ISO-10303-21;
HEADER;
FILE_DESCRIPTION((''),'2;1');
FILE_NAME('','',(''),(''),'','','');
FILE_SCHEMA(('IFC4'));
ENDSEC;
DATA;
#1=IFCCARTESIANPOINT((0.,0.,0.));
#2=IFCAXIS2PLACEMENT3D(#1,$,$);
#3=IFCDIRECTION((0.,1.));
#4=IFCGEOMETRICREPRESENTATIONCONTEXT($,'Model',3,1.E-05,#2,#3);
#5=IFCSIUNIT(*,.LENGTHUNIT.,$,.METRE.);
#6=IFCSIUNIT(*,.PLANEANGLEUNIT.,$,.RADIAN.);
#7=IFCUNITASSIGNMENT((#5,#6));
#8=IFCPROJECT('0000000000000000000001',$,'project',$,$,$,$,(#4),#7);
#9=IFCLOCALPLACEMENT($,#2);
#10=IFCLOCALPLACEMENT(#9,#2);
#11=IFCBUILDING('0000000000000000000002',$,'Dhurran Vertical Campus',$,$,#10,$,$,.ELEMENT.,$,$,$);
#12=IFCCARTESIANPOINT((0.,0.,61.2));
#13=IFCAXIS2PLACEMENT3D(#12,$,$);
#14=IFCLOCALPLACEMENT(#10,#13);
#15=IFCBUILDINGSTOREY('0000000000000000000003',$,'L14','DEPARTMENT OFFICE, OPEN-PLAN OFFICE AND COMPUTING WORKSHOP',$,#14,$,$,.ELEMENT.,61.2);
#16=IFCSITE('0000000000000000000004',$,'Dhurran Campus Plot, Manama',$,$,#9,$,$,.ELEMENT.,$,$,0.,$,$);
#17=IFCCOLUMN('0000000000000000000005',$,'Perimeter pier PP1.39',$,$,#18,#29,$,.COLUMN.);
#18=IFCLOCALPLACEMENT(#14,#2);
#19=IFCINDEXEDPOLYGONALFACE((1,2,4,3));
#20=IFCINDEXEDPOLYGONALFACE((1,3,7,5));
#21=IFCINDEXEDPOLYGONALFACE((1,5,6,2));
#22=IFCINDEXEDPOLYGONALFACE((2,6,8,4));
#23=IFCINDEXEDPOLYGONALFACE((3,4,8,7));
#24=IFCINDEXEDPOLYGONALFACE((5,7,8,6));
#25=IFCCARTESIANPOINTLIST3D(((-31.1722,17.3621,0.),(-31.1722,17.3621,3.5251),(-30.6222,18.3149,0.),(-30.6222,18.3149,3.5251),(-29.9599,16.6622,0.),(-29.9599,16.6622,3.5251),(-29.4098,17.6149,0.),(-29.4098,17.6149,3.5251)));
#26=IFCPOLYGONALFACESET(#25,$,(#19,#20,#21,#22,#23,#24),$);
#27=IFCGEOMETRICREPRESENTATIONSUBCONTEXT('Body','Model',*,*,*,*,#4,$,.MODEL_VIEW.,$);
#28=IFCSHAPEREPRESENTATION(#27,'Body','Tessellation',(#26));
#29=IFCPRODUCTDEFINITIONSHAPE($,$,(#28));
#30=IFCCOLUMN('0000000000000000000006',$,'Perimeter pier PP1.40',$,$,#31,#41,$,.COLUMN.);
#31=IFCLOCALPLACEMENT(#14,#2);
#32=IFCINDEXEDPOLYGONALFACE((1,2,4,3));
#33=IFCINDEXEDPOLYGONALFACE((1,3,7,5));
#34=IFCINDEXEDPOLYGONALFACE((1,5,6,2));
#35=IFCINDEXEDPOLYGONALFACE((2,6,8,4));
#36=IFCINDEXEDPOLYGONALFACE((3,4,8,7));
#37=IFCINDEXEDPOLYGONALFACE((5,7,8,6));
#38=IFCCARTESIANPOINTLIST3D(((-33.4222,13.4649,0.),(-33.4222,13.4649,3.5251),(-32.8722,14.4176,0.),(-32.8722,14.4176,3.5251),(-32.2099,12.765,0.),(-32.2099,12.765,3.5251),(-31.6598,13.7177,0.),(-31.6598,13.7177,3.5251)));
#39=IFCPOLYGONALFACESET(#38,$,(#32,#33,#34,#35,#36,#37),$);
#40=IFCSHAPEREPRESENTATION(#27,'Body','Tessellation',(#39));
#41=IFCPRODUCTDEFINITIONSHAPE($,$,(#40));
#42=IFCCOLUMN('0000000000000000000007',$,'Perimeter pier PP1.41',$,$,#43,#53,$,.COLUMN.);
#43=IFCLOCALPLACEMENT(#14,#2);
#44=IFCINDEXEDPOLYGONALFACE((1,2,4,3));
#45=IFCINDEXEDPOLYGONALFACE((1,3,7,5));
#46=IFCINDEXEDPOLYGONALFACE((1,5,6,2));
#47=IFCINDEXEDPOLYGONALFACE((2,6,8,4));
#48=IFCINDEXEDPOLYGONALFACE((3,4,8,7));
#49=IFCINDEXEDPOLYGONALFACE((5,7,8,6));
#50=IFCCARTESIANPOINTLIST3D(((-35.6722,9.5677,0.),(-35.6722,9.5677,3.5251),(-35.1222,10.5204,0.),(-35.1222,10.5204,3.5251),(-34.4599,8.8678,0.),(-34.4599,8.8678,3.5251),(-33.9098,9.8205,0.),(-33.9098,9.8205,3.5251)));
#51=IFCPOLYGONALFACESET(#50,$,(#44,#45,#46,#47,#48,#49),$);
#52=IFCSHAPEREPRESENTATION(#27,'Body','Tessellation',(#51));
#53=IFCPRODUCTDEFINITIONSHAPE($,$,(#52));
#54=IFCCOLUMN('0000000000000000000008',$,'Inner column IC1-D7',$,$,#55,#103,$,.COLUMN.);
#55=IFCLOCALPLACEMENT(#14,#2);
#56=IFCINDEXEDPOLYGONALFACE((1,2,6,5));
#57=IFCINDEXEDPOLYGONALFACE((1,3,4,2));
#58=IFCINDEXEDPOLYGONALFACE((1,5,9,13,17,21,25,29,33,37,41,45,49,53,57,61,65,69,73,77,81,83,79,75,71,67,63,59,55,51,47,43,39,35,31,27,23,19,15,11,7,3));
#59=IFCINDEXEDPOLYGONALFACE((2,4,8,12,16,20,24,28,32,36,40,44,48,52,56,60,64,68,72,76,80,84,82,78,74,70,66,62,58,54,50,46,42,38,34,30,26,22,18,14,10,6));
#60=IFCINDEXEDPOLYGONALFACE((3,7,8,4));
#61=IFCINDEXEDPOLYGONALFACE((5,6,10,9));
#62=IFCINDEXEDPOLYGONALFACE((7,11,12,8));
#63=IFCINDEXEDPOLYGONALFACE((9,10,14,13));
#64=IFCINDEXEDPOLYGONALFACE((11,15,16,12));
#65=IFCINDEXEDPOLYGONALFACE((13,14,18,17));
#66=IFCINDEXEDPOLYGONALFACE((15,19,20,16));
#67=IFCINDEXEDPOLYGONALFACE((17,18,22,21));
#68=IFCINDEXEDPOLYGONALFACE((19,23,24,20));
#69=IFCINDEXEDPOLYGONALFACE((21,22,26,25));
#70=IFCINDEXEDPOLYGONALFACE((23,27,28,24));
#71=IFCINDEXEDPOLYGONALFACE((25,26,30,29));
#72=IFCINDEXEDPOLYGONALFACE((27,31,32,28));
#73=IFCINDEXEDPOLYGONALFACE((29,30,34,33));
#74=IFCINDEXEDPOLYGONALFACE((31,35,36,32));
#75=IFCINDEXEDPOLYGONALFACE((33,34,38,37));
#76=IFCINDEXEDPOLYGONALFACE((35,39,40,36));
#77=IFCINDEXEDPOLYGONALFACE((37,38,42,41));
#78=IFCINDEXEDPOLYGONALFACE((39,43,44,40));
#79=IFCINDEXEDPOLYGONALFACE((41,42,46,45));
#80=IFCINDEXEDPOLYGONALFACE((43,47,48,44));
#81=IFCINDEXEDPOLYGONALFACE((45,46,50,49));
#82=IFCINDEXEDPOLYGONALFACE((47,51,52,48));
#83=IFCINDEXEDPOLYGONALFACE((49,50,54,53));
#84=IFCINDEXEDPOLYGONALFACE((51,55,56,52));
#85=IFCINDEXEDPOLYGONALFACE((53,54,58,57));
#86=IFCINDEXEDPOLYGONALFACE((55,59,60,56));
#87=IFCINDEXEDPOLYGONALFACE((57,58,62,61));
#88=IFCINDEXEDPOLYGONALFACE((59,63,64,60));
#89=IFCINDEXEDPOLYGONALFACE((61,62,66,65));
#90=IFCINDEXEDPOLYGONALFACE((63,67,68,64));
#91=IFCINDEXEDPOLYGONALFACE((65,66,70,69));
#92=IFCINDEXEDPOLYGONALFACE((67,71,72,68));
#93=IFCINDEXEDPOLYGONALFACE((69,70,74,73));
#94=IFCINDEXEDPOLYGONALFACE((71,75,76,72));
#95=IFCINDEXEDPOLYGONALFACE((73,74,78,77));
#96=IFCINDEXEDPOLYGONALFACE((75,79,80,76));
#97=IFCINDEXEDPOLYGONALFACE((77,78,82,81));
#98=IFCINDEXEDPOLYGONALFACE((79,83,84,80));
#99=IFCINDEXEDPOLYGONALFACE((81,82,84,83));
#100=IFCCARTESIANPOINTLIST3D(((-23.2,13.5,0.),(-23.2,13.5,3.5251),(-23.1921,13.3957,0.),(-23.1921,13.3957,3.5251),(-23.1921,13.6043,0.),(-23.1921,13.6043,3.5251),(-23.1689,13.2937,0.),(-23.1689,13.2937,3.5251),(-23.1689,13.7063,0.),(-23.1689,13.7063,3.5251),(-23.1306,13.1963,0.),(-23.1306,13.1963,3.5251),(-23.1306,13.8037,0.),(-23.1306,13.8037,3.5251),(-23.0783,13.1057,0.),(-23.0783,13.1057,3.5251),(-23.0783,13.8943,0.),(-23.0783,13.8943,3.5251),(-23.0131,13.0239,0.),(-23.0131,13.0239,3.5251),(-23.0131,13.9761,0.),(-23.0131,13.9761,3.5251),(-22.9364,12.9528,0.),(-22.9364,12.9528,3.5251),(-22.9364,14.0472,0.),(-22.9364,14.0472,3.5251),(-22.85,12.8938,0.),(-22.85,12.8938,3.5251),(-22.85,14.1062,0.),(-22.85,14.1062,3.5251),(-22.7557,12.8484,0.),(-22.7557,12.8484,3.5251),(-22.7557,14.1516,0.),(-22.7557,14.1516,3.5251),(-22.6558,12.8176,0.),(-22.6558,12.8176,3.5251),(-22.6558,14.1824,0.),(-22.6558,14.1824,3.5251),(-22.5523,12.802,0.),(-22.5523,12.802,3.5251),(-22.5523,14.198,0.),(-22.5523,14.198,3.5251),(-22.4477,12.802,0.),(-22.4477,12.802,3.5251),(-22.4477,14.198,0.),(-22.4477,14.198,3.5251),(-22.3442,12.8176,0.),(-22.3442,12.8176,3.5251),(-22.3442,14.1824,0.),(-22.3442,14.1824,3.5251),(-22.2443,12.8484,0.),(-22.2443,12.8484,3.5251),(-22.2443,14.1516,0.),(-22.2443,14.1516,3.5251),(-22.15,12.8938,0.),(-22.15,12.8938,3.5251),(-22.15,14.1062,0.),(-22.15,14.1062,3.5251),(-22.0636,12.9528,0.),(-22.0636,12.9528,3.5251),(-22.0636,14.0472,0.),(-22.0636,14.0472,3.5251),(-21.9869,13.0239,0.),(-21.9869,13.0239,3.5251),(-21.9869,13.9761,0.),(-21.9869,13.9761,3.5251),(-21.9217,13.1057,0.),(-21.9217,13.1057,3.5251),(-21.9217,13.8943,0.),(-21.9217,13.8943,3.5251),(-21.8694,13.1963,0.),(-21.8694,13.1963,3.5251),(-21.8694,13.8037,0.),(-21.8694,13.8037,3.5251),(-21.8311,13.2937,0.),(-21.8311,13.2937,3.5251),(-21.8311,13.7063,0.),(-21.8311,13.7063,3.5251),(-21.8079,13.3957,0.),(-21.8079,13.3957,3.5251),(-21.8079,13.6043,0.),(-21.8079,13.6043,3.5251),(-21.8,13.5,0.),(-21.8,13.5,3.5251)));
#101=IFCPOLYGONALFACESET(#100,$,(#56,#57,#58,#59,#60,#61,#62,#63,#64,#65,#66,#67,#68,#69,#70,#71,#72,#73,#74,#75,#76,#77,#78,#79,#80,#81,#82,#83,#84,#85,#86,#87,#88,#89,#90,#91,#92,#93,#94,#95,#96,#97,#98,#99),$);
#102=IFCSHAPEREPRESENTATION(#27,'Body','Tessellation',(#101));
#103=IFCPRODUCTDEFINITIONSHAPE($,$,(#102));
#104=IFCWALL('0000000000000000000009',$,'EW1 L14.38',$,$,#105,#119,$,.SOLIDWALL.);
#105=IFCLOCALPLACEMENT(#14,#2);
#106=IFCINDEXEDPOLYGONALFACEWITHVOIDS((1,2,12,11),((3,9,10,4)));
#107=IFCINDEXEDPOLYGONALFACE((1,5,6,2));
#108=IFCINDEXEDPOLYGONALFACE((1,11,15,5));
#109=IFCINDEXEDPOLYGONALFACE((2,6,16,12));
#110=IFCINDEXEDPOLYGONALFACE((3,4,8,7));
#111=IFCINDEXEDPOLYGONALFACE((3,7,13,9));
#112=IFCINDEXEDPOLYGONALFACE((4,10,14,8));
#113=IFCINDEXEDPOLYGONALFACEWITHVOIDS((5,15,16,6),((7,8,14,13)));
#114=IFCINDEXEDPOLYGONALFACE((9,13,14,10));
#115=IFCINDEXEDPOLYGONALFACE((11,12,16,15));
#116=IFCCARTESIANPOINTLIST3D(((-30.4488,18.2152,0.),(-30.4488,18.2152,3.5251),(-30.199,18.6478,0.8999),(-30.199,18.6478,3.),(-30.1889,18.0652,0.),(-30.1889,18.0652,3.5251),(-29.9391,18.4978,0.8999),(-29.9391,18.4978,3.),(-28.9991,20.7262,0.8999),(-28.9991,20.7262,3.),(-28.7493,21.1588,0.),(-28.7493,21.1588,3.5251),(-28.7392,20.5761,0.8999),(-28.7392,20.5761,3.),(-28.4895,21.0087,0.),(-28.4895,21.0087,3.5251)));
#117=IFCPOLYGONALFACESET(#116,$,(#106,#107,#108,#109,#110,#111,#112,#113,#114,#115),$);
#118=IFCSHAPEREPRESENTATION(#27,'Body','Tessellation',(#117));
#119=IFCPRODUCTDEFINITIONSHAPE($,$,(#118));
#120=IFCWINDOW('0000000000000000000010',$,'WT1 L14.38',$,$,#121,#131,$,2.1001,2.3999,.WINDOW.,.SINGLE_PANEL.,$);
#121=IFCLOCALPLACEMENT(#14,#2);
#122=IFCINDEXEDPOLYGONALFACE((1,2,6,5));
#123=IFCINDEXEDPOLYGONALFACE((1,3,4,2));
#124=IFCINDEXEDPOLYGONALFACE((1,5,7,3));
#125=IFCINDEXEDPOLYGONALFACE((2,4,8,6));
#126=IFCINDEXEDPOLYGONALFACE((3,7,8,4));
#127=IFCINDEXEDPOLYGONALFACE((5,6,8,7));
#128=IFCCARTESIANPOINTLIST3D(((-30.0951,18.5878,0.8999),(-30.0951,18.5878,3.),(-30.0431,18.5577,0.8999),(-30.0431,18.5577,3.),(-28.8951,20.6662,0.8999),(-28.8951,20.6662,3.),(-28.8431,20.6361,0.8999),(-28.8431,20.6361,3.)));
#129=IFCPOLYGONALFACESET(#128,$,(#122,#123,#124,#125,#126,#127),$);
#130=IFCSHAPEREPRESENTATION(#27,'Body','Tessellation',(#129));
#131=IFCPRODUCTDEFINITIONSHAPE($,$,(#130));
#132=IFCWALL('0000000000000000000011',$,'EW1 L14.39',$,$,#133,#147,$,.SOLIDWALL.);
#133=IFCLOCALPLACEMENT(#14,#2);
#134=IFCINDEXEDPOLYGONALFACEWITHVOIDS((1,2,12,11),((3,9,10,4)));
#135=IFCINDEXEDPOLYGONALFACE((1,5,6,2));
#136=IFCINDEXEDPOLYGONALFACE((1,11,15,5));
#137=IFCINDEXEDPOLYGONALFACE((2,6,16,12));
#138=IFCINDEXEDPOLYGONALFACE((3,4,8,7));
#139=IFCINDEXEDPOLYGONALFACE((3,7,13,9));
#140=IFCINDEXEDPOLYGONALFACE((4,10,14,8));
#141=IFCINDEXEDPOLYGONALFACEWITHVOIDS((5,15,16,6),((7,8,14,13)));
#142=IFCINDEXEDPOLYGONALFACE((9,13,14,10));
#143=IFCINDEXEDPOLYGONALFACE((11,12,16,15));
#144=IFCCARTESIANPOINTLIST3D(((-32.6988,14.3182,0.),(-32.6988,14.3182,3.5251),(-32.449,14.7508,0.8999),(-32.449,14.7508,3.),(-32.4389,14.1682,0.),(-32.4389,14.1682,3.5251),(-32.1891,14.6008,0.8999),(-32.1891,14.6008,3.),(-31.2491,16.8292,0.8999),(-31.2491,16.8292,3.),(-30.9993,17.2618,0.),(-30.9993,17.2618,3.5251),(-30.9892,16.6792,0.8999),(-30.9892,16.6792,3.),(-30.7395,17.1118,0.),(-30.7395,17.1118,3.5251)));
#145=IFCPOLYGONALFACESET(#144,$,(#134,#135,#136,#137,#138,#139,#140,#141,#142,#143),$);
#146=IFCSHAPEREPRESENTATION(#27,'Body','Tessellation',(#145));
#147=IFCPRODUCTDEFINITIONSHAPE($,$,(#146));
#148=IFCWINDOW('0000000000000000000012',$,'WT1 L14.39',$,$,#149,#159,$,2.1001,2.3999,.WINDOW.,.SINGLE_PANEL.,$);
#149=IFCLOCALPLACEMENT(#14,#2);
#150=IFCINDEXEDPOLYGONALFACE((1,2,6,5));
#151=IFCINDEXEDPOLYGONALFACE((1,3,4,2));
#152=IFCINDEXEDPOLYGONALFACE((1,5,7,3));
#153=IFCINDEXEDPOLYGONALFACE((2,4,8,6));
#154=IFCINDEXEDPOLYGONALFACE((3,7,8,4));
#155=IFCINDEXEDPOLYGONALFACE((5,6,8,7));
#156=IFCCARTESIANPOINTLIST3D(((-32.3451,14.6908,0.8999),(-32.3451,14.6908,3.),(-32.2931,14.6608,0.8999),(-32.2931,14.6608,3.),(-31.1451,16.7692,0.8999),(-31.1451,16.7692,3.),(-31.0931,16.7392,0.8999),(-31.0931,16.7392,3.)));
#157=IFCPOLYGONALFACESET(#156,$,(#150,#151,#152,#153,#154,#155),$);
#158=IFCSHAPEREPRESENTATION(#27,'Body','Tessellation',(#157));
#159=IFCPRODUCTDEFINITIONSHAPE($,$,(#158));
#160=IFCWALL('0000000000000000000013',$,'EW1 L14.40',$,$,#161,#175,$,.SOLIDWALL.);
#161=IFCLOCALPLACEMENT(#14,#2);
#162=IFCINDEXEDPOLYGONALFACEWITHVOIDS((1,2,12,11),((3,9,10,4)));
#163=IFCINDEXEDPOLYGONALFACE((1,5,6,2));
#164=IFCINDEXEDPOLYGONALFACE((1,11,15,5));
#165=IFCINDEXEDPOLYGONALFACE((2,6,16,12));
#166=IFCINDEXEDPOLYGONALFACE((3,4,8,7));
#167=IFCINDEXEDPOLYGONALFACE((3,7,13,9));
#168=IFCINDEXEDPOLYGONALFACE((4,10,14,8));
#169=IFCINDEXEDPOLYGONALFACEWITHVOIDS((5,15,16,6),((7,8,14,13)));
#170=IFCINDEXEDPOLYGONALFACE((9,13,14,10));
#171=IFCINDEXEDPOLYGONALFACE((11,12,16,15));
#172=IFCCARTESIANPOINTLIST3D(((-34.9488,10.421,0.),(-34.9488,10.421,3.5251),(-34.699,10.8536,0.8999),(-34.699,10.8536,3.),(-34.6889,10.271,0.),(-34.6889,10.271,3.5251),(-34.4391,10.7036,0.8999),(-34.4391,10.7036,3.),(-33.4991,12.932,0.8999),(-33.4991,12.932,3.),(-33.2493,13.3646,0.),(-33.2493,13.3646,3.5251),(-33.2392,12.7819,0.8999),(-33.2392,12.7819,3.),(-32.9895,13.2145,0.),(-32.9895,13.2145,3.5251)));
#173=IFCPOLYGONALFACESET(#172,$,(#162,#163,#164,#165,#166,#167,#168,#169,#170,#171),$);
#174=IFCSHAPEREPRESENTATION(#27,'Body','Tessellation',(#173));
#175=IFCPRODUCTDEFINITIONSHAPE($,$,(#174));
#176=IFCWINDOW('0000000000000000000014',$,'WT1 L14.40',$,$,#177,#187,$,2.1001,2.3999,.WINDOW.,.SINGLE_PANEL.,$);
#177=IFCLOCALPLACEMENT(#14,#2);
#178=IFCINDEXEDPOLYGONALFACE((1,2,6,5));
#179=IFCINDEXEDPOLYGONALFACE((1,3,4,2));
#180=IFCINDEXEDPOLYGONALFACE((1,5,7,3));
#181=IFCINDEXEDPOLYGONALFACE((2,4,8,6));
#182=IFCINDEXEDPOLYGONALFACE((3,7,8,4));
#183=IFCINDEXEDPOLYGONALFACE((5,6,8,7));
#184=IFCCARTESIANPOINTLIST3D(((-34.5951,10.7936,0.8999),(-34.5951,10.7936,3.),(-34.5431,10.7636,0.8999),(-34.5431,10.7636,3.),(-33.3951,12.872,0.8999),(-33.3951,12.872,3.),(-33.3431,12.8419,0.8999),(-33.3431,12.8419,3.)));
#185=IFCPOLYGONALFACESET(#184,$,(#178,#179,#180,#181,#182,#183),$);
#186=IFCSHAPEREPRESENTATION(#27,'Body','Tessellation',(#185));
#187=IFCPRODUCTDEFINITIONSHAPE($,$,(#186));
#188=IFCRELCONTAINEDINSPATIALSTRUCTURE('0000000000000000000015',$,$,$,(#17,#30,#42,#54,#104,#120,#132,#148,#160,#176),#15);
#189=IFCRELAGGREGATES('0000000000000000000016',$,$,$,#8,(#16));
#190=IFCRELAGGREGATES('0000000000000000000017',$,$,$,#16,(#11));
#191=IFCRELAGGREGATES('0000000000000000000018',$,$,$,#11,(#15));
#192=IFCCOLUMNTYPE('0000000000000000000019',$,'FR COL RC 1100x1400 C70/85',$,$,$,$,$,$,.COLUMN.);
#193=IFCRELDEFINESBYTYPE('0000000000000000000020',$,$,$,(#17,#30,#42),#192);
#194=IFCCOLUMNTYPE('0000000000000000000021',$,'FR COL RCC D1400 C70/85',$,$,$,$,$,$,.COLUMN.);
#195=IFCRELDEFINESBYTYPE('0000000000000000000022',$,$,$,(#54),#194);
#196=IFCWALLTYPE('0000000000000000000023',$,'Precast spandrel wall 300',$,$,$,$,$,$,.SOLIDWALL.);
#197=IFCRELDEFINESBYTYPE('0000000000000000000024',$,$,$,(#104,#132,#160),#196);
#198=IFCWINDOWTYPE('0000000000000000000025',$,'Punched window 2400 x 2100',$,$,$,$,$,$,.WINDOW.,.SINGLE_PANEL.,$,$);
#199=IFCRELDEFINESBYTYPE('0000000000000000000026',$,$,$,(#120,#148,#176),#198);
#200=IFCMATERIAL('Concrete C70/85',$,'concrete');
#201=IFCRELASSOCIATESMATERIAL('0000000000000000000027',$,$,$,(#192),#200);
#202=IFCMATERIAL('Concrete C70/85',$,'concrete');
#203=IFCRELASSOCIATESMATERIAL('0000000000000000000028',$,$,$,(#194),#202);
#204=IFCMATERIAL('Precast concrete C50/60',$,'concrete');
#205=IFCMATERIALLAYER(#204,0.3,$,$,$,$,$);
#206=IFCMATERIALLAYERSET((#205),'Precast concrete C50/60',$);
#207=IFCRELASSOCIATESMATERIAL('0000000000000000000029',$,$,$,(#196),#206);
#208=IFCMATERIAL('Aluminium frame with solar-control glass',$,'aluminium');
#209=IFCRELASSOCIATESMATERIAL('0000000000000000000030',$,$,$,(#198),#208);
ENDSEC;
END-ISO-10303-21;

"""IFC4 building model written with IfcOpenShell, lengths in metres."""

from ifc_helpers import new_model, si_unit, direction, frame, frame_2d, origin, origin_2d, place, context, subcontext, project, spatial, rectangle, circle, extrude, material, layer, layer_set, material_profile, profile_set, type_object, element, fill, save


model = new_model("IFC4")

# Units and contexts
model_context = context("Model", 3, precision=1e-05, world=origin(), true_north=direction((0.0, 1.0)))
body_context = subcontext(model_context, "Body", "Model", "MODEL_VIEW")
ifc_project = project(units=[si_unit("LENGTHUNIT", "METRE"), si_unit("PLANEANGLEUNIT", "RADIAN")], contexts=[model_context])

# Site, building, storey
site_placement = place(None, origin())
site = spatial("IfcSite", under=ifc_project, at=site_placement, Name="Dhurran Campus Plot, Manama", CompositionType="ELEMENT", RefElevation=0.0)
building_placement = place(site_placement, origin())
building = spatial("IfcBuilding", under=site, at=building_placement, Name="Dhurran Vertical Campus", CompositionType="ELEMENT")
storey_placement = place(building_placement, frame((0.0, 0.0, 61.2)))
storey = spatial("IfcBuildingStorey", under=building, at=storey_placement, Name="L14", Description="DEPARTMENT OFFICE, OPEN-PLAN OFFICE AND COMPUTING WORKSHOP", CompositionType="ELEMENT", Elevation=61.2)

# Columns
ifc_material_1 = material(Name="Concrete C70/85", Category="concrete")
ifc_material_profile_1 = material_profile(ifc_material_1, rectangle(XDim=1.1001, YDim=1.3999, at=origin_2d()), Name="RC 1100x1400")
ifc_profile_set_1 = profile_set([ifc_material_profile_1], Name="Concrete C70/85")
column_type_1 = type_object("IfcColumnType", Name="FR COL RC 1100x1400 C70/85", PredefinedType="COLUMN", material=ifc_profile_set_1)
for number, where, z_axis, x_axis, name in (
    (1, (-30.291, 17.4885, 0.0), (0.0, 0.0, 1.0), (-0.5, -0.866025, 0.0), "Perimeter pier PP1.39"),
    (2, (-32.541, 13.5913, 0.0), (0.0, 0.0, 1.0), (-0.5, -0.866025, 0.0), "Perimeter pier PP1.40"),
    (3, (-34.791, 9.6941, 0.0), (0.0, 0.0, 1.0), (-0.5, -0.866025, 0.0), "Perimeter pier PP1.41"),
):
    element("IfcColumn", number, at=place(storey_placement, frame(where, z_axis=z_axis, x_axis=x_axis)), inside=storey, type_object=column_type_1, Name=name, PredefinedType="COLUMN", context=body_context, shape_type="SweptSolid", body=[
        extrude(rectangle(XDim=1.1001, YDim=1.3999, at=origin_2d()), origin(), (0.0, 0.0, 1.0), 3.5251),
    ])
ifc_material_2 = material(Name="Concrete C70/85", Category="concrete")
ifc_material_profile_2 = material_profile(ifc_material_2, circle(Radius=0.7, at=origin_2d()), Name="RCC D1400")
ifc_profile_set_2 = profile_set([ifc_material_profile_2], Name="Concrete C70/85")
column_type_2 = type_object("IfcColumnType", Name="FR COL RCC D1400 C70/85", PredefinedType="COLUMN", material=ifc_profile_set_2)
column_placement = place(storey_placement, frame((-22.5, 13.5, 0.0), z_axis=(0.0, 0.0, 1.0), x_axis=(1.0, 0.0, 0.0)))
element("IfcColumn", 4, at=column_placement, inside=storey, type_object=column_type_2, Name="Inner column IC1-D7", PredefinedType="COLUMN", context=body_context, shape_type="SweptSolid", body=[
    extrude(circle(Radius=0.7, at=origin_2d()), origin(), (0.0, 0.0, 1.0), 3.5251),
])

# Walls, openings, windows
ifc_material_3 = material(Name="Precast concrete C50/60", Category="concrete")
ifc_layer_1 = layer(ifc_material_3, 0.3)
ifc_layer_set_1 = layer_set([ifc_layer_1], Name="Precast concrete C50/60")
wall_type_1 = type_object("IfcWallType", Name="Precast spandrel wall 300", PredefinedType="SOLIDWALL", material=ifc_layer_set_1)
wall_1_placement = place(storey_placement, frame((-28.6194, 21.0837, 0.0), z_axis=(0.0, 0.0, 1.0), x_axis=(-0.499994, -0.866029, 0.0)))
wall_1 = element("IfcWall", 5, at=wall_1_placement, inside=storey, type_object=wall_type_1, Name="EW1 L14.38", PredefinedType="SOLIDWALL", context=body_context, shape_type="SweptSolid", body=[
    extrude(rectangle(XDim=3.3989, YDim=0.3, at=frame_2d((1.6995, 0.0))), origin(), (0.0, 0.0, 1.0), 3.5251),
])
opening_1_placement = place(wall_1_placement, frame((0.4995, 0.0, 0.8999)))
opening_1 = element("IfcOpeningElement", 6, at=opening_1_placement, cuts=wall_1, PredefinedType="OPENING", context=body_context, shape_type="SweptSolid", body=[
    extrude(rectangle(XDim=2.3999, YDim=2.1001, at=frame_2d((1.2, 1.05))), frame((0.0, 0.1599, 0.0), z_axis=(0.0, -1.0, 0.0), x_axis=(1.0, 0.0, 0.0)), (0.0, 0.0, 1.0), 0.3201),
])
ifc_material_4 = material(Name="Aluminium frame with solar-control glass", Category="aluminium")
window_type = type_object("IfcWindowType", Name="Punched window 2400 x 2100", PartitioningType="SINGLE_PANEL", PredefinedType="WINDOW", material=ifc_material_4)
window_1_placement = place(opening_1_placement, origin())
window_1 = element("IfcWindow", 7, at=window_1_placement, inside=storey, type_object=window_type, Name="WT1 L14.38", OverallHeight=2.1001, OverallWidth=2.3999, PartitioningType="SINGLE_PANEL", PredefinedType="WINDOW", context=body_context, shape_type="SweptSolid", body=[
    extrude(rectangle(XDim=2.3999, YDim=2.1001, at=frame_2d((1.2, 1.05))), frame((0.0, 0.03, 0.0), z_axis=(0.0, -1.0, 0.0), x_axis=(1.0, 0.0, 0.0)), (0.0, 0.0, 1.0), 0.0601),
])
fill(opening_1, window_1)
wall_2_placement = place(storey_placement, frame((-30.8694, 17.1868, 0.0), z_axis=(0.0, 0.0, 1.0), x_axis=(-0.499994, -0.866029, 0.0)))
wall_2 = element("IfcWall", 8, at=wall_2_placement, inside=storey, type_object=wall_type_1, Name="EW1 L14.39", PredefinedType="SOLIDWALL", context=body_context, shape_type="SweptSolid", body=[
    extrude(rectangle(XDim=3.3989, YDim=0.3, at=frame_2d((1.6995, 0.0))), origin(), (0.0, 0.0, 1.0), 3.5251),
])
opening_2_placement = place(wall_2_placement, frame((0.4995, 0.0, 0.8999)))
opening_2 = element("IfcOpeningElement", 9, at=opening_2_placement, cuts=wall_2, PredefinedType="OPENING", context=body_context, shape_type="SweptSolid", body=[
    extrude(rectangle(XDim=2.3999, YDim=2.1001, at=frame_2d((1.2, 1.05))), frame((0.0, 0.1599, 0.0), z_axis=(0.0, -1.0, 0.0), x_axis=(1.0, 0.0, 0.0)), (0.0, 0.0, 1.0), 0.3201),
])
window_2_placement = place(opening_2_placement, origin())
window_2 = element("IfcWindow", 10, at=window_2_placement, inside=storey, type_object=window_type, Name="WT1 L14.39", OverallHeight=2.1001, OverallWidth=2.3999, PartitioningType="SINGLE_PANEL", PredefinedType="WINDOW", context=body_context, shape_type="SweptSolid", body=[
    extrude(rectangle(XDim=2.3999, YDim=2.1001, at=frame_2d((1.2, 1.05))), frame((0.0, 0.03, 0.0), z_axis=(0.0, -1.0, 0.0), x_axis=(1.0, 0.0, 0.0)), (0.0, 0.0, 1.0), 0.0601),
])
fill(opening_2, window_2)
wall_3_placement = place(storey_placement, frame((-33.1194, 13.2896, 0.0), z_axis=(0.0, 0.0, 1.0), x_axis=(-0.499994, -0.866029, 0.0)))
wall_3 = element("IfcWall", 11, at=wall_3_placement, inside=storey, type_object=wall_type_1, Name="EW1 L14.40", PredefinedType="SOLIDWALL", context=body_context, shape_type="SweptSolid", body=[
    extrude(rectangle(XDim=3.3989, YDim=0.3, at=frame_2d((1.6995, 0.0))), origin(), (0.0, 0.0, 1.0), 3.5251),
])
opening_3_placement = place(wall_3_placement, frame((0.4995, 0.0, 0.8999)))
opening_3 = element("IfcOpeningElement", 12, at=opening_3_placement, cuts=wall_3, PredefinedType="OPENING", context=body_context, shape_type="SweptSolid", body=[
    extrude(rectangle(XDim=2.3999, YDim=2.1001, at=frame_2d((1.2, 1.05))), frame((0.0, 0.1599, 0.0), z_axis=(0.0, -1.0, 0.0), x_axis=(1.0, 0.0, 0.0)), (0.0, 0.0, 1.0), 0.3201),
])
window_3_placement = place(opening_3_placement, origin())
window_3 = element("IfcWindow", 13, at=window_3_placement, inside=storey, type_object=window_type, Name="WT1 L14.40", OverallHeight=2.1001, OverallWidth=2.3999, PartitioningType="SINGLE_PANEL", PredefinedType="WINDOW", context=body_context, shape_type="SweptSolid", body=[
    extrude(rectangle(XDim=2.3999, YDim=2.1001, at=frame_2d((1.2, 1.05))), frame((0.0, 0.03, 0.0), z_axis=(0.0, -1.0, 0.0), x_axis=(1.0, 0.0, 0.0)), (0.0, 0.0, 1.0), 0.0601),
])
fill(opening_3, window_3)

save(model, "model.ifc")
